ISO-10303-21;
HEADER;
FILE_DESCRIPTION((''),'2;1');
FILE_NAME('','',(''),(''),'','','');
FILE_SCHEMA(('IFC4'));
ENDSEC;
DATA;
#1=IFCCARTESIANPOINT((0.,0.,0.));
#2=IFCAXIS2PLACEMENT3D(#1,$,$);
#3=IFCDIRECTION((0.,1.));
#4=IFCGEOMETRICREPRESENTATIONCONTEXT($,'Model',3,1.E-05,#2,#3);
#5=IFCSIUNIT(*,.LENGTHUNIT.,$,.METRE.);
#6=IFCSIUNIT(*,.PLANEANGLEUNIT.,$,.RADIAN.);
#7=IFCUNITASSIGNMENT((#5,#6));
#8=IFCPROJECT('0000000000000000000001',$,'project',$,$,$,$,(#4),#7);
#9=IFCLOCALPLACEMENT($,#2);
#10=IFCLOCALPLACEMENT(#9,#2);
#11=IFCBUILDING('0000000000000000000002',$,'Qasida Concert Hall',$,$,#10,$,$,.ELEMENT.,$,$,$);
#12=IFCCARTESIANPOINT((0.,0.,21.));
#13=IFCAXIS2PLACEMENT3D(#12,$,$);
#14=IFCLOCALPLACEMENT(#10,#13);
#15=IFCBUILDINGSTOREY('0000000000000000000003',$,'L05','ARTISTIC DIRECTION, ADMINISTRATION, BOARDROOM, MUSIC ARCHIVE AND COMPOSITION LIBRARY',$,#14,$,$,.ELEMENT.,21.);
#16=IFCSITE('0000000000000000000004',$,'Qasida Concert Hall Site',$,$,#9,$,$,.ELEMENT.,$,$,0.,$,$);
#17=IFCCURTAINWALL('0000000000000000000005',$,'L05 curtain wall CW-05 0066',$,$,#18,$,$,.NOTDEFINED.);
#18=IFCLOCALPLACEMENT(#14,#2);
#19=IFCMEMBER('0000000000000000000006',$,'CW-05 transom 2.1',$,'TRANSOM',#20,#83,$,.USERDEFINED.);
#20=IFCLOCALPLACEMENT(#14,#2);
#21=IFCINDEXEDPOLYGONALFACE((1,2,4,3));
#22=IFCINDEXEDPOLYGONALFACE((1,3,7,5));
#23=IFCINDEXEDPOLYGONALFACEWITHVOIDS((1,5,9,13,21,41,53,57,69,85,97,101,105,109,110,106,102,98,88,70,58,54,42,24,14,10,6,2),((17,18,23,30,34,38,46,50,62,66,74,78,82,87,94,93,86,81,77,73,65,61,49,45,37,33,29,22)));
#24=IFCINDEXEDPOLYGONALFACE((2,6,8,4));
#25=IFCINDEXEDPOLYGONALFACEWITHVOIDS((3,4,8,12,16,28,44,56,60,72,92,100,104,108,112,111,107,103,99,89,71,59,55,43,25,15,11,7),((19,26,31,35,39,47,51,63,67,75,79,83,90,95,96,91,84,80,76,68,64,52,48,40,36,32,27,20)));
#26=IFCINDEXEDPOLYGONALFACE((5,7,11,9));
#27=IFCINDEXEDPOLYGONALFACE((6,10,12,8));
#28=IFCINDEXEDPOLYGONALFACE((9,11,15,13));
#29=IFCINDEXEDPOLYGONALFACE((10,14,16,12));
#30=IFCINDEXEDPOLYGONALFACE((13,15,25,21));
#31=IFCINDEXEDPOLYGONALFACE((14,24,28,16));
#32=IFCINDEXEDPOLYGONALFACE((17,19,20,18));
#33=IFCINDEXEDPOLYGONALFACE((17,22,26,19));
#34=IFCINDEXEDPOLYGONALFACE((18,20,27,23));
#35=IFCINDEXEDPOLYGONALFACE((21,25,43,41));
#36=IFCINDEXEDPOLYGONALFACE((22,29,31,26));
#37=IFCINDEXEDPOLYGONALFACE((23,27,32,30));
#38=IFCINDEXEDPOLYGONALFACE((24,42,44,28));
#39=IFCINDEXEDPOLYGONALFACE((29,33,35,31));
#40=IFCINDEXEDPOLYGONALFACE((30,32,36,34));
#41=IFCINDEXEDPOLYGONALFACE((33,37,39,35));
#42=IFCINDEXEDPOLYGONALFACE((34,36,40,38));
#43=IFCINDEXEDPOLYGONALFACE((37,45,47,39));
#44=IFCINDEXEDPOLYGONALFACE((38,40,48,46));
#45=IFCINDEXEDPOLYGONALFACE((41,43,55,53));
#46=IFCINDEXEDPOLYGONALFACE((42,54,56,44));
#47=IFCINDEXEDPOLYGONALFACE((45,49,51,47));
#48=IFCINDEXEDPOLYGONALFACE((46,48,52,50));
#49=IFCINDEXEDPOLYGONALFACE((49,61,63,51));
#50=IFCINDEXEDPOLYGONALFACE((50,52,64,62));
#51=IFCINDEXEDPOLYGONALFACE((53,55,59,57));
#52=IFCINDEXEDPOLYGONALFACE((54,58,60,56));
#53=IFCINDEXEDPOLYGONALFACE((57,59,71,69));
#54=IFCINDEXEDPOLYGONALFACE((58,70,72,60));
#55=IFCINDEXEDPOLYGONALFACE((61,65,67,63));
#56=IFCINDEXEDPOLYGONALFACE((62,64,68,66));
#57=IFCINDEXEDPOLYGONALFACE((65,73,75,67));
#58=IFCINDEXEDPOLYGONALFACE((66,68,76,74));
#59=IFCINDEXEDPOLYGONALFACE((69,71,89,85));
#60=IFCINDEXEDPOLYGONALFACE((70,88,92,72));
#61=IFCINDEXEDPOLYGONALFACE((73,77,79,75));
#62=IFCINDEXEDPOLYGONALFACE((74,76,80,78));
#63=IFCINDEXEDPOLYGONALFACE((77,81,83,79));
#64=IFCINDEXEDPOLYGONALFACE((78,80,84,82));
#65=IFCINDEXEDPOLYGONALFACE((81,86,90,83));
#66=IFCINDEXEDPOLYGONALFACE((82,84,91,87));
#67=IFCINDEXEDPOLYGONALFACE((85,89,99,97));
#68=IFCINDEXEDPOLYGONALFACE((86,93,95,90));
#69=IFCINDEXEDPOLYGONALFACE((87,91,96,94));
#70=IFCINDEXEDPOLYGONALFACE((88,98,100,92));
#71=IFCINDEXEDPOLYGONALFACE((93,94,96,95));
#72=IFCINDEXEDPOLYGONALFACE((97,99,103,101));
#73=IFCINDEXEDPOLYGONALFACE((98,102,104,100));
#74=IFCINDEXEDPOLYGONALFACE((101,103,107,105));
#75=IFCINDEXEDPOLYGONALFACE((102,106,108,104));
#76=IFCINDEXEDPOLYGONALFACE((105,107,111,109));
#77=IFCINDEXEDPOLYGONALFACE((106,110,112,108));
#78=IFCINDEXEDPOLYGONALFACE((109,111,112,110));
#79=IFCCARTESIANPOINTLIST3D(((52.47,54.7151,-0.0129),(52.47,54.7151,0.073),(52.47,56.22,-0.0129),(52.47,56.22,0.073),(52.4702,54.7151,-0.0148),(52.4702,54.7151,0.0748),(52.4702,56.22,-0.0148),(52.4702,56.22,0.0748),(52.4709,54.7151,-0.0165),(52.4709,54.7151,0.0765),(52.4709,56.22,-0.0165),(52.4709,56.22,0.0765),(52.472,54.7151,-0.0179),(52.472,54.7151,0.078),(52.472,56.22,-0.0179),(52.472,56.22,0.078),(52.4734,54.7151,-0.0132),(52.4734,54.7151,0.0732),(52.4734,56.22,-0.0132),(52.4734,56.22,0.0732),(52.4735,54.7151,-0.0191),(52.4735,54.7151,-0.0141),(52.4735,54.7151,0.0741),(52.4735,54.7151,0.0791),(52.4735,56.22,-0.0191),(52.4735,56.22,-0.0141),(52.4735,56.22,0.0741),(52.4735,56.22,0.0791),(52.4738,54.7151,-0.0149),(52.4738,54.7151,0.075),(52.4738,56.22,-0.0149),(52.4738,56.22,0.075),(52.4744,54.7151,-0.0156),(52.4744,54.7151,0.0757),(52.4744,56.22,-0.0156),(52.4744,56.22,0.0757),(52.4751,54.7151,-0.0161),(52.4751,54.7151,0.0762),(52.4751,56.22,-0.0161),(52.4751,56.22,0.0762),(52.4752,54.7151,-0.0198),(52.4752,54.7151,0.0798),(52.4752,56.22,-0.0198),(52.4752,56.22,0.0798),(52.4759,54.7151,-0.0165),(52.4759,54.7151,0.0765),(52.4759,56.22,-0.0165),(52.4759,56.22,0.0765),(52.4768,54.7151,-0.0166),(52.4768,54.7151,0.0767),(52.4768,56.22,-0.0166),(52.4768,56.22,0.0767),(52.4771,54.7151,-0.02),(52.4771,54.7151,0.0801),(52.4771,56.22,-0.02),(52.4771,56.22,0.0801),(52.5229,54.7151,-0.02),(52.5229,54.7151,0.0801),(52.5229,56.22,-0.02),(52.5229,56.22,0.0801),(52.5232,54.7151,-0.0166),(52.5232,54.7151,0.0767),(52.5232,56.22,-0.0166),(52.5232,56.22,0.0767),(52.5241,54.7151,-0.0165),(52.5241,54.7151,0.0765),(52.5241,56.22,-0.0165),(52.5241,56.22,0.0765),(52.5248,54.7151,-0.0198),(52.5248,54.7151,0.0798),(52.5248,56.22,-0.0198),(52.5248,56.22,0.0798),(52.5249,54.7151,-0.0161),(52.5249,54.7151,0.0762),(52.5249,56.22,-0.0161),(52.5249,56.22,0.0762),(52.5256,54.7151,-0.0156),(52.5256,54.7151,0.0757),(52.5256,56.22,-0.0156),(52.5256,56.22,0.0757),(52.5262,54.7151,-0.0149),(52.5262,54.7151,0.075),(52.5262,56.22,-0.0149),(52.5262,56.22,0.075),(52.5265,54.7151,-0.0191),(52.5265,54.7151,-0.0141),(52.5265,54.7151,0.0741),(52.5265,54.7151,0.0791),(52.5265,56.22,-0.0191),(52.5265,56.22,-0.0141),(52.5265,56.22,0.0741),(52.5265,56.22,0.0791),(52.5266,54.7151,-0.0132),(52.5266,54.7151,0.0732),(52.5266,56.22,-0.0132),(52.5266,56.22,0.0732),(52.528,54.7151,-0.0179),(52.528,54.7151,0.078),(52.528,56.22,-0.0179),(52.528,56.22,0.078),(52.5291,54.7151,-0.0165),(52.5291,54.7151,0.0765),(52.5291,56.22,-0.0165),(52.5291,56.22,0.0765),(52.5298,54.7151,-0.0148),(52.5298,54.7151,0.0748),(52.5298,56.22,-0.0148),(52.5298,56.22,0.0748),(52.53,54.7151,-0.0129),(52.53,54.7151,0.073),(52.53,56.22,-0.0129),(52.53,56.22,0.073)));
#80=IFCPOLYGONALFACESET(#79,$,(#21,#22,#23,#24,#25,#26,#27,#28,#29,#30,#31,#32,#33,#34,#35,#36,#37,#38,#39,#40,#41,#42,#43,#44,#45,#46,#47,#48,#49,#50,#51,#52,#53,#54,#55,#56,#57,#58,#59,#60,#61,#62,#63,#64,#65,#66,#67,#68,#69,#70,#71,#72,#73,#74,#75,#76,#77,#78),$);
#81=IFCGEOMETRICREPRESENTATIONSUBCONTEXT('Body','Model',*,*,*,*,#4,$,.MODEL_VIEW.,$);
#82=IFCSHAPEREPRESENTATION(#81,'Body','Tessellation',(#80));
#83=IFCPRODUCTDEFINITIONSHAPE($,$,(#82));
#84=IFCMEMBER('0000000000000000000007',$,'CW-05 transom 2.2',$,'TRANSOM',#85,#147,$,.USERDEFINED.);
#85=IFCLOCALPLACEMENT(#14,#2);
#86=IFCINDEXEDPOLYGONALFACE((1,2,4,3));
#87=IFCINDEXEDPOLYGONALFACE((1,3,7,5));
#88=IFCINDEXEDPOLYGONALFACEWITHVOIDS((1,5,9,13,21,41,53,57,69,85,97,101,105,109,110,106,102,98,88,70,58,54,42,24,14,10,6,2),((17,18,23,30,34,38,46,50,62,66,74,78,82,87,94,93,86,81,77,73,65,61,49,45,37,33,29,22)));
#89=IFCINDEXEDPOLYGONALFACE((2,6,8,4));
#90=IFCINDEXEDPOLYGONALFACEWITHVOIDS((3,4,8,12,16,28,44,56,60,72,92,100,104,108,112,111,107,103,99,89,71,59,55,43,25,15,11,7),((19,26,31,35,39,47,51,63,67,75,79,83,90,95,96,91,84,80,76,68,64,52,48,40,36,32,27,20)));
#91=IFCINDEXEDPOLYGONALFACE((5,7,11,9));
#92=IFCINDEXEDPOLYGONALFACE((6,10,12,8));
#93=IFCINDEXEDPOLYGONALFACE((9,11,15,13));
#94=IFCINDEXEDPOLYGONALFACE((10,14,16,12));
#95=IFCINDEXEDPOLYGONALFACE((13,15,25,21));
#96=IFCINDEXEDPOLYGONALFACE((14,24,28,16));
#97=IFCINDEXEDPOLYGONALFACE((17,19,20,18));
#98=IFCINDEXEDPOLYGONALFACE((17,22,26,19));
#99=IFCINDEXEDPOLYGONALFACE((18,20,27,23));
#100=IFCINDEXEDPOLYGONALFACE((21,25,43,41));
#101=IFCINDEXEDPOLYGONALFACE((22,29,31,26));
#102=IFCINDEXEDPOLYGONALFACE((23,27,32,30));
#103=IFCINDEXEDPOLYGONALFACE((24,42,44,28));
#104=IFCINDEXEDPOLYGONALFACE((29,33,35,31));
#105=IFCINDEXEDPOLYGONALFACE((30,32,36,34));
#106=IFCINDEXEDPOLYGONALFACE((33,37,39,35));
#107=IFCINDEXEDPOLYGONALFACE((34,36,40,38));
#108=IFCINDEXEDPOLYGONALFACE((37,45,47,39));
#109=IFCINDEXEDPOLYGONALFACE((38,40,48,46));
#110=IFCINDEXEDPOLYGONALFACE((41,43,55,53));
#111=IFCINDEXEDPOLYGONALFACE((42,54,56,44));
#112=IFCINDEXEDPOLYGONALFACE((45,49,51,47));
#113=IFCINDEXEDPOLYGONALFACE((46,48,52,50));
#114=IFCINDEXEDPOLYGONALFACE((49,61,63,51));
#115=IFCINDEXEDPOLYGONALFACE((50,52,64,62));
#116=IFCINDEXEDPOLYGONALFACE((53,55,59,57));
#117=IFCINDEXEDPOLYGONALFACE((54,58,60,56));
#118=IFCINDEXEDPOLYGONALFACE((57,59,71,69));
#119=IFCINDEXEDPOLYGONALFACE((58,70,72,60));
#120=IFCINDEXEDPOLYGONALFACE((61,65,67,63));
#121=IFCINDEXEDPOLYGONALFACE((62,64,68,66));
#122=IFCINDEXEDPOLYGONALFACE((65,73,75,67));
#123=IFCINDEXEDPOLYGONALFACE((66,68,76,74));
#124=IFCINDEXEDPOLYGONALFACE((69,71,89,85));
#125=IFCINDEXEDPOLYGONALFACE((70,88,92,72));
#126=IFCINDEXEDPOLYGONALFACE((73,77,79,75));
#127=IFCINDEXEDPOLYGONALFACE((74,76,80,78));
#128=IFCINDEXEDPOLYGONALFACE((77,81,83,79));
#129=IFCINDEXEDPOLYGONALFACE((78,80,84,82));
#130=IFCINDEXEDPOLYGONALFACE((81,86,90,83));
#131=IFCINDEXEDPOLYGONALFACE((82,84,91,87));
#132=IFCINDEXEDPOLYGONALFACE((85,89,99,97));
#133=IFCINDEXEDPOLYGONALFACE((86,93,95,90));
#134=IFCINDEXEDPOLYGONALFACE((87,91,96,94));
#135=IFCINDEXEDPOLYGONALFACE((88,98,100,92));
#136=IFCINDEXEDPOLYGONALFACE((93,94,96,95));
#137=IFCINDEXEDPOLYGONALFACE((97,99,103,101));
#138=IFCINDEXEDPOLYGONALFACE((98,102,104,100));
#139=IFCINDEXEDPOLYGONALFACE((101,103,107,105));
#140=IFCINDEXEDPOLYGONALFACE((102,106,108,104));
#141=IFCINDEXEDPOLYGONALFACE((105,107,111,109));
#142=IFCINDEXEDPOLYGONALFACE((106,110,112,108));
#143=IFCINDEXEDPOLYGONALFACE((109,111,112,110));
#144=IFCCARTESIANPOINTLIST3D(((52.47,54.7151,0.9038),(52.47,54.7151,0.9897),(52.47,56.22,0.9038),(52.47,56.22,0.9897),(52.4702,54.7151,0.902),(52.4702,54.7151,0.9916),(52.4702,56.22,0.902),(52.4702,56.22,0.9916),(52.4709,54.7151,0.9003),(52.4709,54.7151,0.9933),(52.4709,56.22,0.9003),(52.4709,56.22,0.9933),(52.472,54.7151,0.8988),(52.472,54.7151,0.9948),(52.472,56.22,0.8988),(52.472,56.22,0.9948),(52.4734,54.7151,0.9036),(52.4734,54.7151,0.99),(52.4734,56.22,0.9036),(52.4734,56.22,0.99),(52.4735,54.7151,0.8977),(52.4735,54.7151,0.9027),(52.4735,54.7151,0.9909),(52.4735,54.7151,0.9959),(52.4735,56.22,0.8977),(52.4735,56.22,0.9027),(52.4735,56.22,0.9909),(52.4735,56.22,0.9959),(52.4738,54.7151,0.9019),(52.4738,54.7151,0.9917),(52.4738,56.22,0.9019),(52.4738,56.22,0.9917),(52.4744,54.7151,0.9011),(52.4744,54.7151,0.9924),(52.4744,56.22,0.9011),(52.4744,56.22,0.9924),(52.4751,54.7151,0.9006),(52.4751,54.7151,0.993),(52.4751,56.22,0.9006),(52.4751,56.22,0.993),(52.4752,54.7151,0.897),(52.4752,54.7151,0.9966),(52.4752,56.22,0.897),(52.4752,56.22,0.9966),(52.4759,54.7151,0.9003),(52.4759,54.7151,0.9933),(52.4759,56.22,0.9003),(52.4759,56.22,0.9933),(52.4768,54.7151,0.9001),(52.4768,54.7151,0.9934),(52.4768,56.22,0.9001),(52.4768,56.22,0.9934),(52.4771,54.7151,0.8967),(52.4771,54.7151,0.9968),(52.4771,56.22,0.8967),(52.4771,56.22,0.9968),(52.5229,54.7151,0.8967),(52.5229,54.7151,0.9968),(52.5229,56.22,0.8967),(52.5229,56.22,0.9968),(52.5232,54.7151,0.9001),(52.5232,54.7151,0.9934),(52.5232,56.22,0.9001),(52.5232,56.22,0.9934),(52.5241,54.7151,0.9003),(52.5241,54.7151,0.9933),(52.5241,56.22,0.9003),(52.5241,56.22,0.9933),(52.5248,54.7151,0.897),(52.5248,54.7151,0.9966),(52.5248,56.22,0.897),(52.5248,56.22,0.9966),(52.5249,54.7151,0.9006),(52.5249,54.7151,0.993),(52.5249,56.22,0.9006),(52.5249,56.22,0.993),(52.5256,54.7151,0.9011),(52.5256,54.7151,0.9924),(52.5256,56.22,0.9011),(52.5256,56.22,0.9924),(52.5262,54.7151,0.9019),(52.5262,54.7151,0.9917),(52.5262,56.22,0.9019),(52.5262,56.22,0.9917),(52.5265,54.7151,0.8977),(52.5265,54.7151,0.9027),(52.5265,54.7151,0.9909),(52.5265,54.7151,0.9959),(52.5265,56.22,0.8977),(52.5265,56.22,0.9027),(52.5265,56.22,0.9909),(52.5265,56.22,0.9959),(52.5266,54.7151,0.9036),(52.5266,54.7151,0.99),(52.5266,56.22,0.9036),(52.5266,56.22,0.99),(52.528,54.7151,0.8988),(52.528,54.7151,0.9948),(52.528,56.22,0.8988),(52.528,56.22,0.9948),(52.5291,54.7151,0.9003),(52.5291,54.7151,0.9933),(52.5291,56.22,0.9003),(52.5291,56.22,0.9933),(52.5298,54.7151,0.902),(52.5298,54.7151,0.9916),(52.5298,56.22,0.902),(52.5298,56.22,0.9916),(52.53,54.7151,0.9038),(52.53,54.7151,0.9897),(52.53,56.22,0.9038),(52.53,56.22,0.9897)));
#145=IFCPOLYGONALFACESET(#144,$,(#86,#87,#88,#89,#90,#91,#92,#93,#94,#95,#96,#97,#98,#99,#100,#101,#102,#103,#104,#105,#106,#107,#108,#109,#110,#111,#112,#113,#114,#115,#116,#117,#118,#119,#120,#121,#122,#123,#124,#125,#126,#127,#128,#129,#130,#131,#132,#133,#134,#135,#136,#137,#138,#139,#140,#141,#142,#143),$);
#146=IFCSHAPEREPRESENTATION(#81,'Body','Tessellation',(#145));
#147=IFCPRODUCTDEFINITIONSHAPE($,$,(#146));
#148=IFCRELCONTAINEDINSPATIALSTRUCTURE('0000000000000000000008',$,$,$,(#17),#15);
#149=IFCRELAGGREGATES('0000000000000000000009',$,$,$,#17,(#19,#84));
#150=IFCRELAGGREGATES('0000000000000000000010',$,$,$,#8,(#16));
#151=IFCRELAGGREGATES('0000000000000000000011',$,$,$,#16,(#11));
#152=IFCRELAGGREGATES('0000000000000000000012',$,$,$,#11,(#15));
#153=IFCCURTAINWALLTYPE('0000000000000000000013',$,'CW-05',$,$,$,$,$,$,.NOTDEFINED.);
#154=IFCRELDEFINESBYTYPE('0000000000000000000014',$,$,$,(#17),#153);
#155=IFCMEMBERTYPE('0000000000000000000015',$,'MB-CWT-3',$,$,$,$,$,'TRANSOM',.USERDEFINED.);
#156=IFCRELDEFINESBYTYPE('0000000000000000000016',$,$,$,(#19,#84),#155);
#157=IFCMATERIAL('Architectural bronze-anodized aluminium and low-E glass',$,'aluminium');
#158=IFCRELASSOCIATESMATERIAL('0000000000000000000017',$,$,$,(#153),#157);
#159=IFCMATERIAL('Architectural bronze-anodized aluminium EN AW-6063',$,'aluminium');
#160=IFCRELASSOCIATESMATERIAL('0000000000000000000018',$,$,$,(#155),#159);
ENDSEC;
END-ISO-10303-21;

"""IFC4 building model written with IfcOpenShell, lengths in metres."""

from ifc_helpers import new_model, si_unit, direction, frame, origin, origin_2d, place, context, subcontext, project, spatial, hollow_rectangle, extrude, material, material_profile, profile_set, type_object, element, aggregate, save


model = new_model("IFC4")

# Units and contexts
model_context = context("Model", 3, precision=1e-05, world=origin(), true_north=direction((0.0, 1.0)))
body_context = subcontext(model_context, "Body", "Model", "MODEL_VIEW")
ifc_project = project(units=[si_unit("LENGTHUNIT", "METRE"), si_unit("PLANEANGLEUNIT", "RADIAN")], contexts=[model_context])

# Site, building, storey
site_placement = place(None, origin())
site = spatial("IfcSite", under=ifc_project, at=site_placement, Name="Qasida Concert Hall Site", CompositionType="ELEMENT", RefElevation=0.0)
building_placement = place(site_placement, origin())
building = spatial("IfcBuilding", under=site, at=building_placement, Name="Qasida Concert Hall", CompositionType="ELEMENT")
storey_placement = place(building_placement, frame((0.0, 0.0, 21.0)))
storey = spatial("IfcBuildingStorey", under=building, at=storey_placement, Name="L05", Description="ARTISTIC DIRECTION, ADMINISTRATION, BOARDROOM, MUSIC ARCHIVE AND COMPOSITION LIBRARY", CompositionType="ELEMENT", Elevation=21.0)

# Curtain wall, members
ifc_material_1 = material(Name="Architectural bronze-anodized aluminium and low-E glass", Category="aluminium")
curtain_wall_type = type_object("IfcCurtainWallType", Name="CW-05", PredefinedType="NOTDEFINED", material=ifc_material_1)
curtain_wall_placement = place(storey_placement, origin())
curtain_wall = element("IfcCurtainWall", 1, at=curtain_wall_placement, inside=storey, type_object=curtain_wall_type, Name="L05 curtain wall CW-05 0066", PredefinedType="NOTDEFINED")
ifc_material_2 = material(Name="Architectural bronze-anodized aluminium EN AW-6063", Category="aluminium")
ifc_material_profile_1 = material_profile(ifc_material_2, hollow_rectangle(XDim=0.0601, YDim=0.1001, WallThickness=0.0034, InnerFilletRadius=0.0034, OuterFilletRadius=0.0071, at=origin_2d()), Name="CWT 100x60x3.5")
ifc_profile_set_1 = profile_set([ifc_material_profile_1], Name="Architectural bronze-anodized aluminium EN AW-6063")
member_type_1 = type_object("IfcMemberType", Name="MB-CWT-3", ElementType="TRANSOM", PredefinedType="USERDEFINED", material=ifc_profile_set_1)
member_1_placement = place(storey_placement, frame((52.5, 54.7151, 0.03), z_axis=(0.0, 1.0, 0.0), x_axis=(-1.0, 0.0, 0.0)))
member_1 = element("IfcMember", 2, at=member_1_placement, type_object=member_type_1, Name="CW-05 transom 2.1", ObjectType="TRANSOM", PredefinedType="USERDEFINED", context=body_context, shape_type="SweptSolid", body=[
    extrude(hollow_rectangle(XDim=0.0601, YDim=0.1001, WallThickness=0.0034, InnerFilletRadius=0.0034, OuterFilletRadius=0.0071, at=origin_2d()), origin(), (0.0, 0.0, 1.0), 1.5049),
])
member_2_placement = place(storey_placement, frame((52.5, 54.7151, 0.9468), z_axis=(0.0, 1.0, 0.0), x_axis=(-1.0, 0.0, 0.0)))
member_2 = element("IfcMember", 3, at=member_2_placement, type_object=member_type_1, Name="CW-05 transom 2.2", ObjectType="TRANSOM", PredefinedType="USERDEFINED", context=body_context, shape_type="SweptSolid", body=[
    extrude(hollow_rectangle(XDim=0.0601, YDim=0.1001, WallThickness=0.0034, InnerFilletRadius=0.0034, OuterFilletRadius=0.0071, at=origin_2d()), origin(), (0.0, 0.0, 1.0), 1.5049),
])
aggregate(curtain_wall, [member_1, member_2])

save(model, "model.ifc")
